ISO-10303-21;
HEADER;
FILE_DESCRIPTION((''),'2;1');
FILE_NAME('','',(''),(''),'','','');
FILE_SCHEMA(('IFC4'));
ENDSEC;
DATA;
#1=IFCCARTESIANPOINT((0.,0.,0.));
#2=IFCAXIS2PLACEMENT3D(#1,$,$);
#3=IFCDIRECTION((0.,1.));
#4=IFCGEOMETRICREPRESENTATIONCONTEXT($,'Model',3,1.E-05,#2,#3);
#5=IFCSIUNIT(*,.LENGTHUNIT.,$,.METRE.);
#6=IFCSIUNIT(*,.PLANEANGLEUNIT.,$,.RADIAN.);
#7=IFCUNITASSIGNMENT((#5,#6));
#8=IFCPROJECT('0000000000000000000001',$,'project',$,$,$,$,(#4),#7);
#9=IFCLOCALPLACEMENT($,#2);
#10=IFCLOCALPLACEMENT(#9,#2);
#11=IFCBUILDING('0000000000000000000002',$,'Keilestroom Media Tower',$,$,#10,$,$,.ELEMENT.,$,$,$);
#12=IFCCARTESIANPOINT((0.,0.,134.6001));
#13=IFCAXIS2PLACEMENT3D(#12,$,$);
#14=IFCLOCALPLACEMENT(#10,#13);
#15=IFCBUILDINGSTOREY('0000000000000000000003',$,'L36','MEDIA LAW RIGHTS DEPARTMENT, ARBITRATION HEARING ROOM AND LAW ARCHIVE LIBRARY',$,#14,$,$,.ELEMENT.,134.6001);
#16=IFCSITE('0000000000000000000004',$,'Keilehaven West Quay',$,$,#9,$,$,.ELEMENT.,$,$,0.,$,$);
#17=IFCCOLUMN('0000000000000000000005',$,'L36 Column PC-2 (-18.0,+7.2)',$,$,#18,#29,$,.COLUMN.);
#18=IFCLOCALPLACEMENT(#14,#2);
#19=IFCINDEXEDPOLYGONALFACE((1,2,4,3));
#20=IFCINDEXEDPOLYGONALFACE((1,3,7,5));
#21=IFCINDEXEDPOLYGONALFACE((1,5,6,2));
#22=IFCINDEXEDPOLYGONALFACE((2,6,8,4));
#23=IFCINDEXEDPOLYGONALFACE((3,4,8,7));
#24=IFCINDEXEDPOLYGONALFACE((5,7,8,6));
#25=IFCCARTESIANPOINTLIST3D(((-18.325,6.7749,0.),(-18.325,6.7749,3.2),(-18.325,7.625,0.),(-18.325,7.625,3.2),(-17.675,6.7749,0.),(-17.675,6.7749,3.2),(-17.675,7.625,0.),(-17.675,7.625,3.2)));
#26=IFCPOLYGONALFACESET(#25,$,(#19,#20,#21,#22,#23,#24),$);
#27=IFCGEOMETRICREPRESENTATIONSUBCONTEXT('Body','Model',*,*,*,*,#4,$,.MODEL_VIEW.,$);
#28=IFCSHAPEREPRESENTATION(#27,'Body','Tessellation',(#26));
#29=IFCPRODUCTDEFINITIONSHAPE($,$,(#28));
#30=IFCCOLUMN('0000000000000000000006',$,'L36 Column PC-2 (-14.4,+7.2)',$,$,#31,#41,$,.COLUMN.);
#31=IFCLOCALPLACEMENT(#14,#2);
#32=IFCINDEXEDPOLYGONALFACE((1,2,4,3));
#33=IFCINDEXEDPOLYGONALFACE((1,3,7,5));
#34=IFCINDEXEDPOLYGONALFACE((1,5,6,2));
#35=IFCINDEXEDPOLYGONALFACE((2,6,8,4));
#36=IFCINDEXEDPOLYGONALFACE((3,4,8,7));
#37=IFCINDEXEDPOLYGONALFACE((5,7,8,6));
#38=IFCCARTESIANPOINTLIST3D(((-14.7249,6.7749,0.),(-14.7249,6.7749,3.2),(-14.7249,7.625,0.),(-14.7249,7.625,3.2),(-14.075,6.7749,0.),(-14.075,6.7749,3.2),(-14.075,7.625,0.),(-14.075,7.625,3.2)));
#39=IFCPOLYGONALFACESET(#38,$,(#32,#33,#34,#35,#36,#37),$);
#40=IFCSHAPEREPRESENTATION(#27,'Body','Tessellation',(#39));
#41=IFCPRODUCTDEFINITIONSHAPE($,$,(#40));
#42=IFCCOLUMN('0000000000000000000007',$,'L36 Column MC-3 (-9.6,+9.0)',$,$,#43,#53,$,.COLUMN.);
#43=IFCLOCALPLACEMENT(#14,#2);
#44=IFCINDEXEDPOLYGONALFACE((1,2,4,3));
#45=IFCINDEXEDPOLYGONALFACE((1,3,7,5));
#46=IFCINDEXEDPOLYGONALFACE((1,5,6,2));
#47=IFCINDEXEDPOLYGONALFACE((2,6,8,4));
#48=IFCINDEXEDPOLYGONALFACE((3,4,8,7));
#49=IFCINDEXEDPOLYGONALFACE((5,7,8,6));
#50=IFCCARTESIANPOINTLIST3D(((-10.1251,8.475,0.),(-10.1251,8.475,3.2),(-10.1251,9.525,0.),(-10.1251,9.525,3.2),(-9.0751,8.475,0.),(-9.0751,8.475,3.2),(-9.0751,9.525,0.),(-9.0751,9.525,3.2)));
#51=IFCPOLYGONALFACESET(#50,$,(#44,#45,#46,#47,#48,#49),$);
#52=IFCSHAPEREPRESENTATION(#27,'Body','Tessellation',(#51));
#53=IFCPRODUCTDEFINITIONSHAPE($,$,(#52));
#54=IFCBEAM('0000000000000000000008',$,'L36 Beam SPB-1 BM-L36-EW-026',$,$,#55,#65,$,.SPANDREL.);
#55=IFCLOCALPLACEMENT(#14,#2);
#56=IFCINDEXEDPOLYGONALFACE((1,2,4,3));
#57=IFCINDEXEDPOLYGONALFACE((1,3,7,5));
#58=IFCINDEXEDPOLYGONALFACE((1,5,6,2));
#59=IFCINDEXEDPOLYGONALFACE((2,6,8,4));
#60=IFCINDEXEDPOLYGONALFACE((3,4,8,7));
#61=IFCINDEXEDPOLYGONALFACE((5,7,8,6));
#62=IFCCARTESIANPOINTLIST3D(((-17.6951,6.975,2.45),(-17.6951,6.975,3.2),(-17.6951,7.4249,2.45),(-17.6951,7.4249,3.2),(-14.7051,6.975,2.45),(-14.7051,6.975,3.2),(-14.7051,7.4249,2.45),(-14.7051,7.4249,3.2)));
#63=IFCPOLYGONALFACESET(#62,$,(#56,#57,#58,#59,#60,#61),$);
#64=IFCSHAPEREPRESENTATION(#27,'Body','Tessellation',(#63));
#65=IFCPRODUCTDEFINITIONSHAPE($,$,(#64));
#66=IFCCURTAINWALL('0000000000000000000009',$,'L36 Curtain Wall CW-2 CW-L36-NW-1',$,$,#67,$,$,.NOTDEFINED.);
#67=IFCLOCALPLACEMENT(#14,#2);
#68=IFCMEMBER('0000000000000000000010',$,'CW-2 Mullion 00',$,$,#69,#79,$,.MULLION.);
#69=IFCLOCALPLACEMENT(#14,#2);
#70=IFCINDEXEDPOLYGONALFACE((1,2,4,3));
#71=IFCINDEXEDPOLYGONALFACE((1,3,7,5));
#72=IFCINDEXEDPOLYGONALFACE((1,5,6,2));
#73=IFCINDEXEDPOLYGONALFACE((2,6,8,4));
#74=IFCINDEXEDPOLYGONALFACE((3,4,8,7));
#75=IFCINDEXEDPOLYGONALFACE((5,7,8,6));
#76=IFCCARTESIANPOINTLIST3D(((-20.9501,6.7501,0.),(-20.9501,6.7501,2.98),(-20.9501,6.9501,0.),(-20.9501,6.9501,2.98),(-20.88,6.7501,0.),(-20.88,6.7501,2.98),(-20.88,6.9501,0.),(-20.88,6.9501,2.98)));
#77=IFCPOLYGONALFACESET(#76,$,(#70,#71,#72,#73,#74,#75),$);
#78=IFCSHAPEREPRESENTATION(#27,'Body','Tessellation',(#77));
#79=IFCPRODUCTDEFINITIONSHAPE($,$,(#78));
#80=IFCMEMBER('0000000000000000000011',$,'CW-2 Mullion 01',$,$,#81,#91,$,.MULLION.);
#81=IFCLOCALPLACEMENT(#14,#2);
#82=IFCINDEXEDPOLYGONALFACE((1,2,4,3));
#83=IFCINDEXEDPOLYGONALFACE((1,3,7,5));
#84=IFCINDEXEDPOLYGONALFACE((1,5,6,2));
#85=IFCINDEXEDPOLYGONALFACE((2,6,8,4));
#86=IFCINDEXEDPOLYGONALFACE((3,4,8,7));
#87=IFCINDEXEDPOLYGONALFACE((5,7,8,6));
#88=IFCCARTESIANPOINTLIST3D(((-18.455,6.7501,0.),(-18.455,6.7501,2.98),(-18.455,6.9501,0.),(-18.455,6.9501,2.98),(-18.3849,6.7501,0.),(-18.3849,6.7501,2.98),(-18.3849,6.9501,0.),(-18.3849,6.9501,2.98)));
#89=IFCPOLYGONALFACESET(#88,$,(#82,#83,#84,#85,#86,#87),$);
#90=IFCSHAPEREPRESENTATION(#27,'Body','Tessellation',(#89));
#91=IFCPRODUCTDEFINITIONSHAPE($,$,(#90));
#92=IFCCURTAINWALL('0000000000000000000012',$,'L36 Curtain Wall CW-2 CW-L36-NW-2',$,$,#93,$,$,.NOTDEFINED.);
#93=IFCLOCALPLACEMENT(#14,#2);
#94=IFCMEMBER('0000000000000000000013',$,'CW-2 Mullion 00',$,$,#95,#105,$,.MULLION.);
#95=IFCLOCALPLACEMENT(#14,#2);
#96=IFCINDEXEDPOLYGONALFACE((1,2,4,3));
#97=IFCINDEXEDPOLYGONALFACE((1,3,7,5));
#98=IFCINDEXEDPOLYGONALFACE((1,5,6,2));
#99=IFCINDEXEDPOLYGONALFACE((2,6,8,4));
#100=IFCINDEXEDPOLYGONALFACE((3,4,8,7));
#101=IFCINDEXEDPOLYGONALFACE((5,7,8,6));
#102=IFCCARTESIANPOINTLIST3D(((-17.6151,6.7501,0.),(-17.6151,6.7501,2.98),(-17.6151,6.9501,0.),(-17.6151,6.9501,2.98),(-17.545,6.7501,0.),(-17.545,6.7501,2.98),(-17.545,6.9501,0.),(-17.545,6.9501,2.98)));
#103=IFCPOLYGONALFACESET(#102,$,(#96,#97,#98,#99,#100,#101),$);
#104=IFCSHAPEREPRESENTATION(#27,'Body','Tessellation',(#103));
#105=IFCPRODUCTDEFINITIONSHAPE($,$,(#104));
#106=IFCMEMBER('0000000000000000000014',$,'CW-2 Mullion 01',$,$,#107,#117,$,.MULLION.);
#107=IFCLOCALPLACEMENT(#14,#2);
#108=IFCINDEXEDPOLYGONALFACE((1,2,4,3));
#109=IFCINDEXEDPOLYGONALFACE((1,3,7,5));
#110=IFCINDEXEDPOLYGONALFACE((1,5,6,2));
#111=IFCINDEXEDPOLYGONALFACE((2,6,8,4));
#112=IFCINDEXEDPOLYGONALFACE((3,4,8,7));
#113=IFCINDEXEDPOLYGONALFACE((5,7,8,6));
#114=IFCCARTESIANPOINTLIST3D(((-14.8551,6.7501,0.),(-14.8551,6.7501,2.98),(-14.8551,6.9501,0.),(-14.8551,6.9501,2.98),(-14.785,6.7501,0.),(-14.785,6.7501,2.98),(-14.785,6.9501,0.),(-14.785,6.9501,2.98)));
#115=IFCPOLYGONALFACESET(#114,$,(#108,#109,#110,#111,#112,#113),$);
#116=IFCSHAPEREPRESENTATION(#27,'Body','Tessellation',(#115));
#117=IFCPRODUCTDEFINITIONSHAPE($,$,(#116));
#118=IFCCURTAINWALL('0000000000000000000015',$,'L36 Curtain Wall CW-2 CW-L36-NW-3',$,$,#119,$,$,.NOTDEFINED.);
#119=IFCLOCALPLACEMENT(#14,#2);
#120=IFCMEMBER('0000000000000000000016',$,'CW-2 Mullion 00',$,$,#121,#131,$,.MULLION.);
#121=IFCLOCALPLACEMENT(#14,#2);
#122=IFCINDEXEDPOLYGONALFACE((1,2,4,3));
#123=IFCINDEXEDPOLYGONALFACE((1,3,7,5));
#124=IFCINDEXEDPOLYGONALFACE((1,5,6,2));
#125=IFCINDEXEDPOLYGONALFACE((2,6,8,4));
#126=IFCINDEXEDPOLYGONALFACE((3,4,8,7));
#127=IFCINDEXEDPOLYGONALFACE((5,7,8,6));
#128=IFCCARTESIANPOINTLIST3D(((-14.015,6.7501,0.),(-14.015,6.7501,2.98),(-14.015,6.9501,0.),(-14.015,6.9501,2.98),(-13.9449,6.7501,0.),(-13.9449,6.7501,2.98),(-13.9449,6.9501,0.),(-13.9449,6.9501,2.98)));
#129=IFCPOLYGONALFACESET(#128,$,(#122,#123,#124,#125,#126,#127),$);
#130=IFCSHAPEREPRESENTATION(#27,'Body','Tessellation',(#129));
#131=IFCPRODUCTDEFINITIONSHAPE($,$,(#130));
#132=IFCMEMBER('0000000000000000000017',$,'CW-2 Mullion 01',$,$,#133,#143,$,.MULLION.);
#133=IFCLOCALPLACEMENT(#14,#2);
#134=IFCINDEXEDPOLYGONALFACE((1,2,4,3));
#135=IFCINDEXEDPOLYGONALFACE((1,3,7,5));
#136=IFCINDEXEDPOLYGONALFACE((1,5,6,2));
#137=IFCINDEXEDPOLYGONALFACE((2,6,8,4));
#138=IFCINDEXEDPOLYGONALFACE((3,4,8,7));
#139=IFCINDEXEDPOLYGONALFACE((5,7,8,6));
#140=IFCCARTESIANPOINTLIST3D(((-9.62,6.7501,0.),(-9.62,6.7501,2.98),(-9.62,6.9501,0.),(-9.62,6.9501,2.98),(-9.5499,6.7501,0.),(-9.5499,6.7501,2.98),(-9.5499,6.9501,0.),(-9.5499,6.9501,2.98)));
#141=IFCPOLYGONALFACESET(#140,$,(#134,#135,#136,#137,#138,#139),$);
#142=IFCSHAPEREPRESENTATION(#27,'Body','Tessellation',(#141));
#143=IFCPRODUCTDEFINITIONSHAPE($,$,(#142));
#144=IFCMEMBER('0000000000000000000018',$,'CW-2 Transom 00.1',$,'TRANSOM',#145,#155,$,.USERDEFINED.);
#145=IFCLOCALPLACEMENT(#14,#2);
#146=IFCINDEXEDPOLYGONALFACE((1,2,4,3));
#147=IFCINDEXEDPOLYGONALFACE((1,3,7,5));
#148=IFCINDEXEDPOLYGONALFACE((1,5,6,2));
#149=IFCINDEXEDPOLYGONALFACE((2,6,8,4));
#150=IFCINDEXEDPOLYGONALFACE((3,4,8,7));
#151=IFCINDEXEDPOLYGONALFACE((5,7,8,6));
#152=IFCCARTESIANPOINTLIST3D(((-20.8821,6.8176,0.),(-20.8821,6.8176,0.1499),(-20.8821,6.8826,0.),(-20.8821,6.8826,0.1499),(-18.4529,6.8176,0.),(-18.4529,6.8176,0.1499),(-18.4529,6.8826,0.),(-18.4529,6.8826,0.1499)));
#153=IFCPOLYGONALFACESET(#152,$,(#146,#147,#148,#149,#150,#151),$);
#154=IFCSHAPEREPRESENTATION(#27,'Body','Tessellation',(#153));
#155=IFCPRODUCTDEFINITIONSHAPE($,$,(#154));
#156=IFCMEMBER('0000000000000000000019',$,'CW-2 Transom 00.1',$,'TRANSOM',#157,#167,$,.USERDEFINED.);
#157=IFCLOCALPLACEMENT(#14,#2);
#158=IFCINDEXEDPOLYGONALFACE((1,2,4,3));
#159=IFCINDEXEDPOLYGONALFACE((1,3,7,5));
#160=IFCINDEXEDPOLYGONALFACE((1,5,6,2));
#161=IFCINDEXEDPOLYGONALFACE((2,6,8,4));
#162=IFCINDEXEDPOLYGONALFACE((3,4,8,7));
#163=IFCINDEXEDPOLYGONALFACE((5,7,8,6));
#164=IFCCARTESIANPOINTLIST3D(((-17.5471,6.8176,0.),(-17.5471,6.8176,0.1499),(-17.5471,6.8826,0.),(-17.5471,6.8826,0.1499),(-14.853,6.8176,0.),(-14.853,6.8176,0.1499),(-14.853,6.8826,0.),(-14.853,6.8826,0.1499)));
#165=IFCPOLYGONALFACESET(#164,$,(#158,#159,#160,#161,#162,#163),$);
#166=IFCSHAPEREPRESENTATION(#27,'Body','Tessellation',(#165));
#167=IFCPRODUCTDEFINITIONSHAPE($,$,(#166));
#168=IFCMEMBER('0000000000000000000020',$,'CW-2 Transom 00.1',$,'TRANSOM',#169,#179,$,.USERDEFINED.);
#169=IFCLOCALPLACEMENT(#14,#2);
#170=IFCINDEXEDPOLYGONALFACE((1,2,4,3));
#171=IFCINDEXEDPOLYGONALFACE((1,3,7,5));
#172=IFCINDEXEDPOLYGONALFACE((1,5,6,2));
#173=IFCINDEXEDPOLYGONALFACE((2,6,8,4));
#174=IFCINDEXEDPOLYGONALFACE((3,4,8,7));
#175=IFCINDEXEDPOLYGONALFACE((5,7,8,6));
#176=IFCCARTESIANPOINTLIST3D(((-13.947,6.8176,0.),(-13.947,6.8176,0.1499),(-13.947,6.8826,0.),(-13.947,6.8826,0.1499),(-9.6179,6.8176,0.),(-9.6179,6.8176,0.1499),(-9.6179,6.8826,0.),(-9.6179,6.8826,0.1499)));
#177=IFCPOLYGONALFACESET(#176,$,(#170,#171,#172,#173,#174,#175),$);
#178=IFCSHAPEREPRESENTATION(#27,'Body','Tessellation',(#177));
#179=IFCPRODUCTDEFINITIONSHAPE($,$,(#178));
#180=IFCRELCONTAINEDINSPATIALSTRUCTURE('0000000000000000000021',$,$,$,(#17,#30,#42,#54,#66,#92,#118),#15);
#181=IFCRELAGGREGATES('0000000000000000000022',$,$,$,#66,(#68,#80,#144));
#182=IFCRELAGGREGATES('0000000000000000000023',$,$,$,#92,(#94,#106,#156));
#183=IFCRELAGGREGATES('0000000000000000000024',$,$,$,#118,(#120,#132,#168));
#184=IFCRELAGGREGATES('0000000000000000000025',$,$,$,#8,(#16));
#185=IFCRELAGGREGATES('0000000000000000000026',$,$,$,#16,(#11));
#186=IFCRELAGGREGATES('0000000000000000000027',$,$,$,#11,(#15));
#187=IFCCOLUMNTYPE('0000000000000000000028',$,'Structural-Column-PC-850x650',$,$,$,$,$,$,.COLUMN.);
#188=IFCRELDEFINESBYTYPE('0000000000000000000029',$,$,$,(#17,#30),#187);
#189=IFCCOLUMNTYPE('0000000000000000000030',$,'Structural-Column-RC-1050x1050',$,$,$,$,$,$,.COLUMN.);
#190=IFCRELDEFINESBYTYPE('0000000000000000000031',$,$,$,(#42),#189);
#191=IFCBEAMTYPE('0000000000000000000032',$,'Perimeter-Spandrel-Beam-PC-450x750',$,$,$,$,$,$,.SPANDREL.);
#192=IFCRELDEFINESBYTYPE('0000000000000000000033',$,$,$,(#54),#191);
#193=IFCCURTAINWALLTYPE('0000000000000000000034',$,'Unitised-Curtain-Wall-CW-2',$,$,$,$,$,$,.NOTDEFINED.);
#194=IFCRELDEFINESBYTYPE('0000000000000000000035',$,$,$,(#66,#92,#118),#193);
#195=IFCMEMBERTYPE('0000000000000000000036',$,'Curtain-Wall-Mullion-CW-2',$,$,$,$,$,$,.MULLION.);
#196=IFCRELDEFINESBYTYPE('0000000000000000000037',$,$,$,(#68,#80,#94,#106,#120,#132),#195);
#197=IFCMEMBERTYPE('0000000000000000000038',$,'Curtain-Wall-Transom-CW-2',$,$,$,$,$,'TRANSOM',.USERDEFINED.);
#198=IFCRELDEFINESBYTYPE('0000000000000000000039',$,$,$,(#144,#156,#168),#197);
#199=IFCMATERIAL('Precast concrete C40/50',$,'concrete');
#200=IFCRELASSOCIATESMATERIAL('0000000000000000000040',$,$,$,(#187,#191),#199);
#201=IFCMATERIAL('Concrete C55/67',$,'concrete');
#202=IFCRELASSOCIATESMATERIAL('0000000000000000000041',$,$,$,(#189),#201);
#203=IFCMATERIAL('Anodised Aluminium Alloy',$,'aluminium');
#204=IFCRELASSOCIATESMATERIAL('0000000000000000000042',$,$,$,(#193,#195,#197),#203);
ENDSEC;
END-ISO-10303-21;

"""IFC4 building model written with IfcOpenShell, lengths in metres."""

from ifc_helpers import new_model, si_unit, direction, frame, origin, origin_2d, place, context, subcontext, project, spatial, rectangle, extrude, source, transform, mapped, material, material_profile, profile_set, type_object, element, aggregate, save


model = new_model("IFC4")

# Units and contexts
model_context = context("Model", 3, precision=1e-05, world=origin(), true_north=direction((0.0, 1.0)))
body_context = subcontext(model_context, "Body", "Model", "MODEL_VIEW")
ifc_project = project(units=[si_unit("LENGTHUNIT", "METRE"), si_unit("PLANEANGLEUNIT", "RADIAN")], contexts=[model_context])

# Site, building, storey
site_placement = place(None, origin())
site = spatial("IfcSite", under=ifc_project, at=site_placement, Name="Keilehaven West Quay", CompositionType="ELEMENT", RefElevation=0.0)
building_placement = place(site_placement, origin())
building = spatial("IfcBuilding", under=site, at=building_placement, Name="Keilestroom Media Tower", CompositionType="ELEMENT")
storey_placement = place(building_placement, frame((0.0, 0.0, 134.6001)))
storey = spatial("IfcBuildingStorey", under=building, at=storey_placement, Name="L36", Description="MEDIA LAW RIGHTS DEPARTMENT, ARBITRATION HEARING ROOM AND LAW ARCHIVE LIBRARY", CompositionType="ELEMENT", Elevation=134.6001)

# Columns
ifc_material_1 = material(Name="Precast concrete C40/50", Category="concrete")
ifc_material_profile_1 = material_profile(ifc_material_1, rectangle(XDim=0.6499, YDim=0.8501, at=origin_2d()), Name="PC 850x650")
ifc_profile_set_1 = profile_set([ifc_material_profile_1], Name="Precast concrete C40/50")
column_type_1 = type_object("IfcColumnType", Name="Structural-Column-PC-850x650", PredefinedType="COLUMN", material=ifc_profile_set_1)
shared_shape_1 = source(origin(), body_context, "Body", "SweptSolid", [
    extrude(rectangle(XDim=0.6499, YDim=0.8501, at=origin_2d()), origin(), (0.0, 0.0, 1.0), 3.2),
])
for number, where, z_axis, x_axis, name in (
    (1, (-18.0, 7.2, 0.0), (0.0, 0.0, 1.0), (1.0, 0.0, 0.0), "L36 Column PC-2 (-18.0,+7.2)"),
    (2, (-14.3999, 7.2, 0.0), (0.0, 0.0, 1.0), (1.0, 0.0, 0.0), "L36 Column PC-2 (-14.4,+7.2)"),
):
    element("IfcColumn", number, at=place(storey_placement, frame(where, z_axis=z_axis, x_axis=x_axis)), inside=storey, type_object=column_type_1, Name=name, PredefinedType="COLUMN", context=body_context, shape_type="MappedRepresentation", body=[
        mapped(shared_shape_1, transform((0.0, 0.0, 0.0), x_axis=(1.0, 0.0, 0.0), y_axis=(0.0, 1.0, 0.0), z_axis=(0.0, 0.0, 1.0), scale=1.0)),
    ])
ifc_material_2 = material(Name="Concrete C55/67", Category="concrete")
ifc_material_profile_2 = material_profile(ifc_material_2, rectangle(XDim=1.05, YDim=1.05, at=origin_2d()), Name="RC 1050x1050")
ifc_profile_set_2 = profile_set([ifc_material_profile_2], Name="Concrete C55/67")
column_type_2 = type_object("IfcColumnType", Name="Structural-Column-RC-1050x1050", PredefinedType="COLUMN", material=ifc_profile_set_2)
shared_shape_2 = source(origin(), body_context, "Body", "SweptSolid", [
    extrude(rectangle(XDim=1.05, YDim=1.05, at=origin_2d()), origin(), (0.0, 0.0, 1.0), 3.2),
])
column_placement = place(storey_placement, frame((-9.6001, 9.0, 0.0), z_axis=(0.0, 0.0, 1.0), x_axis=(1.0, 0.0, 0.0)))
element("IfcColumn", 3, at=column_placement, inside=storey, type_object=column_type_2, Name="L36 Column MC-3 (-9.6,+9.0)", PredefinedType="COLUMN", context=body_context, shape_type="MappedRepresentation", body=[
    mapped(shared_shape_2, transform((0.0, 0.0, 0.0), x_axis=(1.0, 0.0, 0.0), y_axis=(0.0, 1.0, 0.0), z_axis=(0.0, 0.0, 1.0), scale=1.0)),
])

# Beam
ifc_material_profile_3 = material_profile(ifc_material_1, rectangle(XDim=0.45, YDim=0.75, at=origin_2d()), Name="PC 450x750")
ifc_profile_set_3 = profile_set([ifc_material_profile_3], Name="Precast concrete C40/50")
beam_type = type_object("IfcBeamType", Name="Perimeter-Spandrel-Beam-PC-450x750", PredefinedType="SPANDREL", material=ifc_profile_set_3)
shared_shape_3 = source(origin(), body_context, "Body", "SweptSolid", [
    extrude(rectangle(XDim=0.45, YDim=0.75, at=origin_2d()), origin(), (0.0, 0.0, 1.0), 2.99),
])
beam_placement = place(storey_placement, frame((-17.6951, 7.2, 2.825), z_axis=(1.0, 0.0, 0.0), x_axis=(0.0, 1.0, 0.0)))
element("IfcBeam", 4, at=beam_placement, inside=storey, type_object=beam_type, Name="L36 Beam SPB-1 BM-L36-EW-026", PredefinedType="SPANDREL", context=body_context, shape_type="MappedRepresentation", body=[
    mapped(shared_shape_3, transform((0.0, 0.0, 0.0), x_axis=(1.0, 0.0, 0.0), y_axis=(0.0, 1.0, 0.0), z_axis=(0.0, 0.0, 1.0), scale=1.0)),
])

# Curtain walls, members
ifc_material_3 = material(Name="Anodised Aluminium Alloy", Category="aluminium")
curtain_wall_type = type_object("IfcCurtainWallType", Name="Unitised-Curtain-Wall-CW-2", PredefinedType="NOTDEFINED", material=ifc_material_3)
curtain_wall_1_placement = place(storey_placement, origin())
curtain_wall_1 = element("IfcCurtainWall", 5, at=curtain_wall_1_placement, inside=storey, type_object=curtain_wall_type, Name="L36 Curtain Wall CW-2 CW-L36-NW-1", PredefinedType="NOTDEFINED")
ifc_material_profile_4 = material_profile(ifc_material_3, rectangle(XDim=0.0701, YDim=0.2, at=origin_2d()), Name="ALU MULLION 70x200")
ifc_profile_set_4 = profile_set([ifc_material_profile_4], Name="Anodised Aluminium Alloy")
member_type_1 = type_object("IfcMemberType", Name="Curtain-Wall-Mullion-CW-2", PredefinedType="MULLION", material=ifc_profile_set_4)
shared_shape_4 = source(origin(), body_context, "Body", "SweptSolid", [
    extrude(rectangle(XDim=0.0701, YDim=0.2, at=origin_2d()), origin(), (0.0, 0.0, 1.0), 2.98),
])
member_1_placement = place(storey_placement, frame((-20.915, 6.8501, 0.0), z_axis=(0.0, 0.0, 1.0), x_axis=(1.0, 0.0, 0.0)))
member_1 = element("IfcMember", 6, at=member_1_placement, type_object=member_type_1, Name="CW-2 Mullion 00", PredefinedType="MULLION", context=body_context, shape_type="MappedRepresentation", body=[
    mapped(shared_shape_4, transform((0.0, 0.0, 0.0), x_axis=(1.0, 0.0, 0.0), y_axis=(0.0, 1.0, 0.0), z_axis=(0.0, 0.0, 1.0), scale=1.0)),
])
member_2_placement = place(storey_placement, frame((-18.4199, 6.8501, 0.0), z_axis=(0.0, 0.0, 1.0), x_axis=(1.0, 0.0, 0.0)))
member_2 = element("IfcMember", 7, at=member_2_placement, type_object=member_type_1, Name="CW-2 Mullion 01", PredefinedType="MULLION", context=body_context, shape_type="MappedRepresentation", body=[
    mapped(shared_shape_4, transform((0.0, 0.0, 0.0), x_axis=(1.0, 0.0, 0.0), y_axis=(0.0, 1.0, 0.0), z_axis=(0.0, 0.0, 1.0), scale=1.0)),
])
curtain_wall_2_placement = place(storey_placement, origin())
curtain_wall_2 = element("IfcCurtainWall", 8, at=curtain_wall_2_placement, inside=storey, type_object=curtain_wall_type, Name="L36 Curtain Wall CW-2 CW-L36-NW-2", PredefinedType="NOTDEFINED")
member_3_placement = place(storey_placement, frame((-17.5801, 6.8501, 0.0), z_axis=(0.0, 0.0, 1.0), x_axis=(1.0, 0.0, 0.0)))
member_3 = element("IfcMember", 9, at=member_3_placement, type_object=member_type_1, Name="CW-2 Mullion 00", PredefinedType="MULLION", context=body_context, shape_type="MappedRepresentation", body=[
    mapped(shared_shape_4, transform((0.0, 0.0, 0.0), x_axis=(1.0, 0.0, 0.0), y_axis=(0.0, 1.0, 0.0), z_axis=(0.0, 0.0, 1.0), scale=1.0)),
])
member_4_placement = place(storey_placement, frame((-14.8201, 6.8501, 0.0), z_axis=(0.0, 0.0, 1.0), x_axis=(1.0, 0.0, 0.0)))
member_4 = element("IfcMember", 10, at=member_4_placement, type_object=member_type_1, Name="CW-2 Mullion 01", PredefinedType="MULLION", context=body_context, shape_type="MappedRepresentation", body=[
    mapped(shared_shape_4, transform((0.0, 0.0, 0.0), x_axis=(1.0, 0.0, 0.0), y_axis=(0.0, 1.0, 0.0), z_axis=(0.0, 0.0, 1.0), scale=1.0)),
])
curtain_wall_3_placement = place(storey_placement, origin())
curtain_wall_3 = element("IfcCurtainWall", 11, at=curtain_wall_3_placement, inside=storey, type_object=curtain_wall_type, Name="L36 Curtain Wall CW-2 CW-L36-NW-3", PredefinedType="NOTDEFINED")
member_5_placement = place(storey_placement, frame((-13.98, 6.8501, 0.0), z_axis=(0.0, 0.0, 1.0), x_axis=(1.0, 0.0, 0.0)))
member_5 = element("IfcMember", 12, at=member_5_placement, type_object=member_type_1, Name="CW-2 Mullion 00", PredefinedType="MULLION", context=body_context, shape_type="MappedRepresentation", body=[
    mapped(shared_shape_4, transform((0.0, 0.0, 0.0), x_axis=(1.0, 0.0, 0.0), y_axis=(0.0, 1.0, 0.0), z_axis=(0.0, 0.0, 1.0), scale=1.0)),
])
member_6_placement = place(storey_placement, frame((-9.585, 6.8501, 0.0), z_axis=(0.0, 0.0, 1.0), x_axis=(1.0, 0.0, 0.0)))
member_6 = element("IfcMember", 13, at=member_6_placement, type_object=member_type_1, Name="CW-2 Mullion 01", PredefinedType="MULLION", context=body_context, shape_type="MappedRepresentation", body=[
    mapped(shared_shape_4, transform((0.0, 0.0, 0.0), x_axis=(1.0, 0.0, 0.0), y_axis=(0.0, 1.0, 0.0), z_axis=(0.0, 0.0, 1.0), scale=1.0)),
])

# Members
ifc_material_profile_5 = material_profile(ifc_material_3, rectangle(XDim=0.0649, YDim=0.1499, at=origin_2d()), Name="ALU TRANSOM 65x150")
ifc_profile_set_5 = profile_set([ifc_material_profile_5], Name="Anodised Aluminium Alloy")
member_type_2 = type_object("IfcMemberType", Name="Curtain-Wall-Transom-CW-2", ElementType="TRANSOM", PredefinedType="USERDEFINED", material=ifc_profile_set_5)
shared_shape_5 = source(origin(), body_context, "Body", "SweptSolid", [
    extrude(rectangle(XDim=0.0649, YDim=0.1499, at=origin_2d()), origin(), (0.0, 0.0, 1.0), 2.4292),
])
member_7_placement = place(storey_placement, frame((-20.8821, 6.8501, 0.075), z_axis=(1.0, 0.0, 0.0), x_axis=(0.0, 1.0, 0.0)))
member_7 = element("IfcMember", 14, at=member_7_placement, type_object=member_type_2, Name="CW-2 Transom 00.1", ObjectType="TRANSOM", PredefinedType="USERDEFINED", context=body_context, shape_type="MappedRepresentation", body=[
    mapped(shared_shape_5, transform((0.0, 0.0, 0.0), x_axis=(1.0, 0.0, 0.0), y_axis=(0.0, 1.0, 0.0), z_axis=(0.0, 0.0, 1.0), scale=1.0)),
])
shared_shape_6 = source(origin(), body_context, "Body", "SweptSolid", [
    extrude(rectangle(XDim=0.0649, YDim=0.1499, at=origin_2d()), origin(), (0.0, 0.0, 1.0), 2.6941),
])
member_8_placement = place(storey_placement, frame((-17.5471, 6.8501, 0.075), z_axis=(1.0, 0.0, 0.0), x_axis=(0.0, 1.0, 0.0)))
member_8 = element("IfcMember", 15, at=member_8_placement, type_object=member_type_2, Name="CW-2 Transom 00.1", ObjectType="TRANSOM", PredefinedType="USERDEFINED", context=body_context, shape_type="MappedRepresentation", body=[
    mapped(shared_shape_6, transform((0.0, 0.0, 0.0), x_axis=(1.0, 0.0, 0.0), y_axis=(0.0, 1.0, 0.0), z_axis=(0.0, 0.0, 1.0), scale=1.0)),
])
shared_shape_7 = source(origin(), body_context, "Body", "SweptSolid", [
    extrude(rectangle(XDim=0.0649, YDim=0.1499, at=origin_2d()), origin(), (0.0, 0.0, 1.0), 4.3291),
])
member_9_placement = place(storey_placement, frame((-13.947, 6.8501, 0.075), z_axis=(1.0, 0.0, 0.0), x_axis=(0.0, 1.0, 0.0)))
member_9 = element("IfcMember", 16, at=member_9_placement, type_object=member_type_2, Name="CW-2 Transom 00.1", ObjectType="TRANSOM", PredefinedType="USERDEFINED", context=body_context, shape_type="MappedRepresentation", body=[
    mapped(shared_shape_7, transform((0.0, 0.0, 0.0), x_axis=(1.0, 0.0, 0.0), y_axis=(0.0, 1.0, 0.0), z_axis=(0.0, 0.0, 1.0), scale=1.0)),
])

aggregate(curtain_wall_1, [member_1, member_2, member_7])
aggregate(curtain_wall_2, [member_3, member_4, member_8])
aggregate(curtain_wall_3, [member_5, member_6, member_9])

save(model, "model.ifc")
